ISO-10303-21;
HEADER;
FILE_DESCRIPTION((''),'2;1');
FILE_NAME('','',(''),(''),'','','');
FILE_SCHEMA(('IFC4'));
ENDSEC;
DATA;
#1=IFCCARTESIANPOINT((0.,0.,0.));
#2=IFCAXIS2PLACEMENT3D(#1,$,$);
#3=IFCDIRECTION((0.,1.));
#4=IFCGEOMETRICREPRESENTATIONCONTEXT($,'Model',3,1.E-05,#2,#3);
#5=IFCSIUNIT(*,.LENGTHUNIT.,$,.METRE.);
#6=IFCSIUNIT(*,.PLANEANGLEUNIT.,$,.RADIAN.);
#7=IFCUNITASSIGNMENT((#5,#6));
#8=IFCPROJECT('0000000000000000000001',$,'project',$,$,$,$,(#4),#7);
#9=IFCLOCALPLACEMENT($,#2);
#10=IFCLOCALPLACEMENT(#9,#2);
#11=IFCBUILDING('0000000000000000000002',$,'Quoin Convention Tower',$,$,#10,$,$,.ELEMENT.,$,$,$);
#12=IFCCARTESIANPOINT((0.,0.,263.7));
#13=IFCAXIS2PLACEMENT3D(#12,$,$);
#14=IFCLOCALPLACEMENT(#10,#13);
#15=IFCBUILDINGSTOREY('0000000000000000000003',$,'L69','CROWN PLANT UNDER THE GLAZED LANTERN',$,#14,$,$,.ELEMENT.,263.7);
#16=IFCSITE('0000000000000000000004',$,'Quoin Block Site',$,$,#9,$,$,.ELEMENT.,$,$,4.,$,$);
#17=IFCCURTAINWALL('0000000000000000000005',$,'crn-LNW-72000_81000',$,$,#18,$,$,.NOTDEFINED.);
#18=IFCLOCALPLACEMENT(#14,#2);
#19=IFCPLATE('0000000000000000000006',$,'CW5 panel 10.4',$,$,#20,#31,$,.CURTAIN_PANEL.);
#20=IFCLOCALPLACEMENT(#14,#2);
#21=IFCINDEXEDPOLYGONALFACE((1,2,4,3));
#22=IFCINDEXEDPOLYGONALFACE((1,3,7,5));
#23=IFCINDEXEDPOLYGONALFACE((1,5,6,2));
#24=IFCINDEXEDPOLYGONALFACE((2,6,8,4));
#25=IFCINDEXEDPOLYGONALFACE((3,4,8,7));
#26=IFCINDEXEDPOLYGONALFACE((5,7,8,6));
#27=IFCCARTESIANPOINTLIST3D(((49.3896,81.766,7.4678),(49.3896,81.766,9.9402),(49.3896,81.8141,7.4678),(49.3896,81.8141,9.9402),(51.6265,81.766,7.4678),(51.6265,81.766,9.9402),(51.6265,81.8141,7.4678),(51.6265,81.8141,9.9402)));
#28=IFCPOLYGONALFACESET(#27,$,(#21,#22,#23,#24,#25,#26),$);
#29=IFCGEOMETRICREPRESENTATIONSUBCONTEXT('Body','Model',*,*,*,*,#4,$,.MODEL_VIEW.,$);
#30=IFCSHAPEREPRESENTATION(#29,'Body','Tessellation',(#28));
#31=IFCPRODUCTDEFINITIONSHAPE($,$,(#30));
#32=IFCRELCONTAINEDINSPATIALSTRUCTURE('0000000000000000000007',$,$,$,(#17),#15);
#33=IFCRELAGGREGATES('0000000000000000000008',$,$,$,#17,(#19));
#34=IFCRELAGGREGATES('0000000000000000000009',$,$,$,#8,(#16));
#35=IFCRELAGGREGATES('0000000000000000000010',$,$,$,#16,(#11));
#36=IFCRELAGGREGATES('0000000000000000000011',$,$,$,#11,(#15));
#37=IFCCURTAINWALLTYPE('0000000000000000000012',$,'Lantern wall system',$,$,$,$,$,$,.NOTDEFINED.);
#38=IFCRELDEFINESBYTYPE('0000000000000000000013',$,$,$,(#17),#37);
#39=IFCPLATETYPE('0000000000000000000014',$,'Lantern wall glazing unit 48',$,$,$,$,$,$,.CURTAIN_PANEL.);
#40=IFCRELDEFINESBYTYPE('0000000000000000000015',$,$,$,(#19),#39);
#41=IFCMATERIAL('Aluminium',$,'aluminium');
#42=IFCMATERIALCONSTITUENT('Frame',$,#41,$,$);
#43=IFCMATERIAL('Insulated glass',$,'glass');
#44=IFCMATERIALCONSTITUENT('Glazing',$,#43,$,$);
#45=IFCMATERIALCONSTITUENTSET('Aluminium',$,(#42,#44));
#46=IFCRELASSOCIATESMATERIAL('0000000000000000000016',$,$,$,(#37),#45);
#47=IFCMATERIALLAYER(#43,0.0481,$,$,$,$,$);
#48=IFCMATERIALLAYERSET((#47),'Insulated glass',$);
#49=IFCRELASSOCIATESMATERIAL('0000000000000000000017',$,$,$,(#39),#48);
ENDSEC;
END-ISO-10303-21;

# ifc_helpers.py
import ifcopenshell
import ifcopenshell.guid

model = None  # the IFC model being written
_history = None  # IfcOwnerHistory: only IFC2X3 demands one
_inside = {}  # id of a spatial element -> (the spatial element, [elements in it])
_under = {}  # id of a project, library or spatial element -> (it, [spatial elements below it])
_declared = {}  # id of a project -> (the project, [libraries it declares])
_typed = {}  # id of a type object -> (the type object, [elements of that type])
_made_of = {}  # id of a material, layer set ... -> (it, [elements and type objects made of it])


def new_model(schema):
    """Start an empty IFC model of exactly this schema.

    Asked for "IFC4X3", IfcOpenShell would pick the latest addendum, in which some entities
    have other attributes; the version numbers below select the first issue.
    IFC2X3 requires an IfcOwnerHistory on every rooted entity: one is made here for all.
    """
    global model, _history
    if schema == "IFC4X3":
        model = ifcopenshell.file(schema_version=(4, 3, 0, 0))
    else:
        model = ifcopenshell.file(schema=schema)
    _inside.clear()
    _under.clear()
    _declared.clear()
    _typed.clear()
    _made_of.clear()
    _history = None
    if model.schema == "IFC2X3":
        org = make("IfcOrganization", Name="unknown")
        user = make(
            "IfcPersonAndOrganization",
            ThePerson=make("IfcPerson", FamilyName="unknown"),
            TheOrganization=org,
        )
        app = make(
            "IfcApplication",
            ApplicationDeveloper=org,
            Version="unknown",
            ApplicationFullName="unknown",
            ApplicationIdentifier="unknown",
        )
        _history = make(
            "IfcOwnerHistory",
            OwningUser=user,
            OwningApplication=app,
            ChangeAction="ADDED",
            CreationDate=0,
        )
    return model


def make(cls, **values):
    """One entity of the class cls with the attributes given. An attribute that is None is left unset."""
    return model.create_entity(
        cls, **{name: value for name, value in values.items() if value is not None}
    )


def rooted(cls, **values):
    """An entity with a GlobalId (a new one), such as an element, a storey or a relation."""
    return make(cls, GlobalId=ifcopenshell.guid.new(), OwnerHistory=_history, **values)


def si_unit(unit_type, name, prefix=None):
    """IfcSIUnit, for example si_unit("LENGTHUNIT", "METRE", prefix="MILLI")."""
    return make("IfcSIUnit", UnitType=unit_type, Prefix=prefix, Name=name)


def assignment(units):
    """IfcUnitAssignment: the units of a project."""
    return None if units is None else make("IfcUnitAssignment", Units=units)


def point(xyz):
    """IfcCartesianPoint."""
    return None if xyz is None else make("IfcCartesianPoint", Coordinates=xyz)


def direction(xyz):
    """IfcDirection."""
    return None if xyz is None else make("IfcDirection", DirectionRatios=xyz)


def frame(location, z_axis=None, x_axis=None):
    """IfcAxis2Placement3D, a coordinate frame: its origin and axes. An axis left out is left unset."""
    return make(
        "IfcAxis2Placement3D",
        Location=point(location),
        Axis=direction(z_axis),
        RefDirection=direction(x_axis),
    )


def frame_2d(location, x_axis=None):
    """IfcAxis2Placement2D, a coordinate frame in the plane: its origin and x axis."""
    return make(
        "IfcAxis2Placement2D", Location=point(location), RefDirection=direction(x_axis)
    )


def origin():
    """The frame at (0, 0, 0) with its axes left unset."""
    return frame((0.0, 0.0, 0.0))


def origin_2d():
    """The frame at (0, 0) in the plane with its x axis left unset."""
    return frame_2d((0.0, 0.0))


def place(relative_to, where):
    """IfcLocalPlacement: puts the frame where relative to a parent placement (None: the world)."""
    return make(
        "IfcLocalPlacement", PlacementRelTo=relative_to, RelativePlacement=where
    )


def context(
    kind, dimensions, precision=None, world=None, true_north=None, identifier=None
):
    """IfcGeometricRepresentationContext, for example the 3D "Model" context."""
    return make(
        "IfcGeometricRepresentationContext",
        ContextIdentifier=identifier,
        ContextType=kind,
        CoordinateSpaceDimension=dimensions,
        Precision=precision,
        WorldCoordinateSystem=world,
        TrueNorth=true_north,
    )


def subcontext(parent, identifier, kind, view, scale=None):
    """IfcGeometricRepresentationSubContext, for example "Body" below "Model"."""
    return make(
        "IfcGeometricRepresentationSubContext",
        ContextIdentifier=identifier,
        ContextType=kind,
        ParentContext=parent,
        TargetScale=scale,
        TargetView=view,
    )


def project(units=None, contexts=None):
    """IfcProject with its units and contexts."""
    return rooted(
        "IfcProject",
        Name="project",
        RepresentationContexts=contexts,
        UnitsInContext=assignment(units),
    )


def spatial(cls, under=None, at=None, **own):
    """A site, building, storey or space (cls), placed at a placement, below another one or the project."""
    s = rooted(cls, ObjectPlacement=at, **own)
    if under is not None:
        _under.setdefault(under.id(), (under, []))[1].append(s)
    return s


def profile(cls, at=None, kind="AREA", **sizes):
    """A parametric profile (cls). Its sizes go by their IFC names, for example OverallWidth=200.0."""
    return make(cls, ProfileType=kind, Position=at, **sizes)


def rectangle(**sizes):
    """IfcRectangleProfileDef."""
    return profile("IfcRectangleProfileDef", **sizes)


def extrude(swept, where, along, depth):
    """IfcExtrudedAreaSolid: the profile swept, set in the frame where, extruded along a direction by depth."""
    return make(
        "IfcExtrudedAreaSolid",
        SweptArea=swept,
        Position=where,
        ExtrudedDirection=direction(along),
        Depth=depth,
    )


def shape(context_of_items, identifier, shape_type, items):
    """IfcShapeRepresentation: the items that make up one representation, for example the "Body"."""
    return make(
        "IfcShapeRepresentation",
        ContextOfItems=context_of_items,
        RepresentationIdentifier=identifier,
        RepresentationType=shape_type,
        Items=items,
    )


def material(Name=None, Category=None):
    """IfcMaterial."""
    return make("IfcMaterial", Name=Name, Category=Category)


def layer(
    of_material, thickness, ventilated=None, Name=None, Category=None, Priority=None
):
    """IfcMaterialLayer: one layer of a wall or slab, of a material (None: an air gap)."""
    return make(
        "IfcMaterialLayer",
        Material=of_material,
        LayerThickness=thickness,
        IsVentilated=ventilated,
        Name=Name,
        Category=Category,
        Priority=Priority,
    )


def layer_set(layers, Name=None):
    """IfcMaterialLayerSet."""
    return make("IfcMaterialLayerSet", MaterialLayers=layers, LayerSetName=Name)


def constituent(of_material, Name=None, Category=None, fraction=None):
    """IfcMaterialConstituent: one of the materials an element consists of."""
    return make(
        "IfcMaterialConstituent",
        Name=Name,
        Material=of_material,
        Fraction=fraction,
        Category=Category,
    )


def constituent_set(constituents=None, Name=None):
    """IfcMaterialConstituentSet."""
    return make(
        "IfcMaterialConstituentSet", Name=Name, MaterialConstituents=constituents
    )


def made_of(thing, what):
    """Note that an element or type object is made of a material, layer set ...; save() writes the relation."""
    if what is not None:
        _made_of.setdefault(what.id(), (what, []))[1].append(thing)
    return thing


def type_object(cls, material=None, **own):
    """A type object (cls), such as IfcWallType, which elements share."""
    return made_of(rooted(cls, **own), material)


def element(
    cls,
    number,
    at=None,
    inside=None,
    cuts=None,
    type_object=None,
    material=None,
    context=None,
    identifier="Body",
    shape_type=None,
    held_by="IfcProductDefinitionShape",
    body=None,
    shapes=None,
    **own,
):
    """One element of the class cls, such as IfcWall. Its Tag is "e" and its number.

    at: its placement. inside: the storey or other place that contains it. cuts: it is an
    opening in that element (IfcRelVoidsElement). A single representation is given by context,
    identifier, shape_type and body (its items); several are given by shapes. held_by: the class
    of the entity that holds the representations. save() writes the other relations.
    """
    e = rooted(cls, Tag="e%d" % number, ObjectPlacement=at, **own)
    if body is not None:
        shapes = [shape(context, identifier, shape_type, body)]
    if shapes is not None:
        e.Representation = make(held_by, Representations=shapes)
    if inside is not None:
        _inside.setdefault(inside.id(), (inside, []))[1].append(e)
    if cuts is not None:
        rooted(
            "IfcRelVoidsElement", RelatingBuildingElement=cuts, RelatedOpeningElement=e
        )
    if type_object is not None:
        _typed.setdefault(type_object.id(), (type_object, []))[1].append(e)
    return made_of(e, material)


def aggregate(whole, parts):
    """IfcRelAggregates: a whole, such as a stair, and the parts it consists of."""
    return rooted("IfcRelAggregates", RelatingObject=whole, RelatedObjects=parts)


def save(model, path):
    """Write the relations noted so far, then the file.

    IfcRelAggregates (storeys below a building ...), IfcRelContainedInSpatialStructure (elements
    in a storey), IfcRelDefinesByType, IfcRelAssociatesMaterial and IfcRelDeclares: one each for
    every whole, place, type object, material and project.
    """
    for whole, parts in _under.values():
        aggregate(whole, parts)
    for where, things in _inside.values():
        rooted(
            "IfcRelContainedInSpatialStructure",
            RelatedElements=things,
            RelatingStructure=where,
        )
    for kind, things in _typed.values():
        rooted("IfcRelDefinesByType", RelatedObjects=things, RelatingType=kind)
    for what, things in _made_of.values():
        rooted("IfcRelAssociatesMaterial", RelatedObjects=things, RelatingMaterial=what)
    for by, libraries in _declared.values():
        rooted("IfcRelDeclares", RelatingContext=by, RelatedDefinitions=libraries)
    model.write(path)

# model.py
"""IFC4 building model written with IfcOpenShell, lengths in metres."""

from ifc_helpers import new_model, si_unit, direction, frame, origin, origin_2d, place, context, subcontext, project, spatial, rectangle, extrude, material, layer, layer_set, constituent, constituent_set, type_object, element, aggregate, save


model = new_model("IFC4")

# Units and contexts
model_context = context("Model", 3, precision=1e-05, world=origin(), true_north=direction((0.0, 1.0)))
body_context = subcontext(model_context, "Body", "Model", "MODEL_VIEW")
ifc_project = project(units=[si_unit("LENGTHUNIT", "METRE"), si_unit("PLANEANGLEUNIT", "RADIAN")], contexts=[model_context])

# Site, building, storey
site_placement = place(None, origin())
site = spatial("IfcSite", under=ifc_project, at=site_placement, Name="Quoin Block Site", CompositionType="ELEMENT", RefElevation=4.0)
building_placement = place(site_placement, origin())
building = spatial("IfcBuilding", under=site, at=building_placement, Name="Quoin Convention Tower", CompositionType="ELEMENT")
storey_placement = place(building_placement, frame((0.0, 0.0, 263.7)))
storey = spatial("IfcBuildingStorey", under=building, at=storey_placement, Name="L69", Description="CROWN PLANT UNDER THE GLAZED LANTERN", CompositionType="ELEMENT", Elevation=263.7)

# Curtain wall, plate
ifc_material_1 = material(Name="Aluminium", Category="aluminium")
ifc_constituent_1 = constituent(ifc_material_1, Name="Frame")
ifc_material_2 = material(Name="Insulated glass", Category="glass")
ifc_constituent_2 = constituent(ifc_material_2, Name="Glazing")
ifc_constituent_set = constituent_set(constituents=[ifc_constituent_1, ifc_constituent_2], Name="Aluminium")
curtain_wall_type = type_object("IfcCurtainWallType", Name="Lantern wall system", PredefinedType="NOTDEFINED", material=ifc_constituent_set)
curtain_wall_placement = place(storey_placement, origin())
curtain_wall = element("IfcCurtainWall", 1, at=curtain_wall_placement, inside=storey, type_object=curtain_wall_type, Name="crn-LNW-72000_81000", PredefinedType="NOTDEFINED")
ifc_layer = layer(ifc_material_2, 0.0481)
ifc_layer_set = layer_set([ifc_layer], Name="Insulated glass")
plate_type = type_object("IfcPlateType", Name="Lantern wall glazing unit 48", PredefinedType="CURTAIN_PANEL", material=ifc_layer_set)
plate_1_placement = place(storey_placement, frame((50.5081, 81.79, 7.4678), z_axis=(0.0, 0.0, 1.0), x_axis=(-1.0, 0.0, 0.0)))
plate_1 = element("IfcPlate", 2, at=plate_1_placement, type_object=plate_type, Name="CW5 panel 10.4", PredefinedType="CURTAIN_PANEL", context=body_context, shape_type="SweptSolid", body=[
    extrude(rectangle(XDim=2.2368, YDim=0.0481, at=origin_2d()), origin(), (0.0, 0.0, 1.0), 2.4724),
])
aggregate(curtain_wall, [plate_1])

save(model, "model.ifc")
